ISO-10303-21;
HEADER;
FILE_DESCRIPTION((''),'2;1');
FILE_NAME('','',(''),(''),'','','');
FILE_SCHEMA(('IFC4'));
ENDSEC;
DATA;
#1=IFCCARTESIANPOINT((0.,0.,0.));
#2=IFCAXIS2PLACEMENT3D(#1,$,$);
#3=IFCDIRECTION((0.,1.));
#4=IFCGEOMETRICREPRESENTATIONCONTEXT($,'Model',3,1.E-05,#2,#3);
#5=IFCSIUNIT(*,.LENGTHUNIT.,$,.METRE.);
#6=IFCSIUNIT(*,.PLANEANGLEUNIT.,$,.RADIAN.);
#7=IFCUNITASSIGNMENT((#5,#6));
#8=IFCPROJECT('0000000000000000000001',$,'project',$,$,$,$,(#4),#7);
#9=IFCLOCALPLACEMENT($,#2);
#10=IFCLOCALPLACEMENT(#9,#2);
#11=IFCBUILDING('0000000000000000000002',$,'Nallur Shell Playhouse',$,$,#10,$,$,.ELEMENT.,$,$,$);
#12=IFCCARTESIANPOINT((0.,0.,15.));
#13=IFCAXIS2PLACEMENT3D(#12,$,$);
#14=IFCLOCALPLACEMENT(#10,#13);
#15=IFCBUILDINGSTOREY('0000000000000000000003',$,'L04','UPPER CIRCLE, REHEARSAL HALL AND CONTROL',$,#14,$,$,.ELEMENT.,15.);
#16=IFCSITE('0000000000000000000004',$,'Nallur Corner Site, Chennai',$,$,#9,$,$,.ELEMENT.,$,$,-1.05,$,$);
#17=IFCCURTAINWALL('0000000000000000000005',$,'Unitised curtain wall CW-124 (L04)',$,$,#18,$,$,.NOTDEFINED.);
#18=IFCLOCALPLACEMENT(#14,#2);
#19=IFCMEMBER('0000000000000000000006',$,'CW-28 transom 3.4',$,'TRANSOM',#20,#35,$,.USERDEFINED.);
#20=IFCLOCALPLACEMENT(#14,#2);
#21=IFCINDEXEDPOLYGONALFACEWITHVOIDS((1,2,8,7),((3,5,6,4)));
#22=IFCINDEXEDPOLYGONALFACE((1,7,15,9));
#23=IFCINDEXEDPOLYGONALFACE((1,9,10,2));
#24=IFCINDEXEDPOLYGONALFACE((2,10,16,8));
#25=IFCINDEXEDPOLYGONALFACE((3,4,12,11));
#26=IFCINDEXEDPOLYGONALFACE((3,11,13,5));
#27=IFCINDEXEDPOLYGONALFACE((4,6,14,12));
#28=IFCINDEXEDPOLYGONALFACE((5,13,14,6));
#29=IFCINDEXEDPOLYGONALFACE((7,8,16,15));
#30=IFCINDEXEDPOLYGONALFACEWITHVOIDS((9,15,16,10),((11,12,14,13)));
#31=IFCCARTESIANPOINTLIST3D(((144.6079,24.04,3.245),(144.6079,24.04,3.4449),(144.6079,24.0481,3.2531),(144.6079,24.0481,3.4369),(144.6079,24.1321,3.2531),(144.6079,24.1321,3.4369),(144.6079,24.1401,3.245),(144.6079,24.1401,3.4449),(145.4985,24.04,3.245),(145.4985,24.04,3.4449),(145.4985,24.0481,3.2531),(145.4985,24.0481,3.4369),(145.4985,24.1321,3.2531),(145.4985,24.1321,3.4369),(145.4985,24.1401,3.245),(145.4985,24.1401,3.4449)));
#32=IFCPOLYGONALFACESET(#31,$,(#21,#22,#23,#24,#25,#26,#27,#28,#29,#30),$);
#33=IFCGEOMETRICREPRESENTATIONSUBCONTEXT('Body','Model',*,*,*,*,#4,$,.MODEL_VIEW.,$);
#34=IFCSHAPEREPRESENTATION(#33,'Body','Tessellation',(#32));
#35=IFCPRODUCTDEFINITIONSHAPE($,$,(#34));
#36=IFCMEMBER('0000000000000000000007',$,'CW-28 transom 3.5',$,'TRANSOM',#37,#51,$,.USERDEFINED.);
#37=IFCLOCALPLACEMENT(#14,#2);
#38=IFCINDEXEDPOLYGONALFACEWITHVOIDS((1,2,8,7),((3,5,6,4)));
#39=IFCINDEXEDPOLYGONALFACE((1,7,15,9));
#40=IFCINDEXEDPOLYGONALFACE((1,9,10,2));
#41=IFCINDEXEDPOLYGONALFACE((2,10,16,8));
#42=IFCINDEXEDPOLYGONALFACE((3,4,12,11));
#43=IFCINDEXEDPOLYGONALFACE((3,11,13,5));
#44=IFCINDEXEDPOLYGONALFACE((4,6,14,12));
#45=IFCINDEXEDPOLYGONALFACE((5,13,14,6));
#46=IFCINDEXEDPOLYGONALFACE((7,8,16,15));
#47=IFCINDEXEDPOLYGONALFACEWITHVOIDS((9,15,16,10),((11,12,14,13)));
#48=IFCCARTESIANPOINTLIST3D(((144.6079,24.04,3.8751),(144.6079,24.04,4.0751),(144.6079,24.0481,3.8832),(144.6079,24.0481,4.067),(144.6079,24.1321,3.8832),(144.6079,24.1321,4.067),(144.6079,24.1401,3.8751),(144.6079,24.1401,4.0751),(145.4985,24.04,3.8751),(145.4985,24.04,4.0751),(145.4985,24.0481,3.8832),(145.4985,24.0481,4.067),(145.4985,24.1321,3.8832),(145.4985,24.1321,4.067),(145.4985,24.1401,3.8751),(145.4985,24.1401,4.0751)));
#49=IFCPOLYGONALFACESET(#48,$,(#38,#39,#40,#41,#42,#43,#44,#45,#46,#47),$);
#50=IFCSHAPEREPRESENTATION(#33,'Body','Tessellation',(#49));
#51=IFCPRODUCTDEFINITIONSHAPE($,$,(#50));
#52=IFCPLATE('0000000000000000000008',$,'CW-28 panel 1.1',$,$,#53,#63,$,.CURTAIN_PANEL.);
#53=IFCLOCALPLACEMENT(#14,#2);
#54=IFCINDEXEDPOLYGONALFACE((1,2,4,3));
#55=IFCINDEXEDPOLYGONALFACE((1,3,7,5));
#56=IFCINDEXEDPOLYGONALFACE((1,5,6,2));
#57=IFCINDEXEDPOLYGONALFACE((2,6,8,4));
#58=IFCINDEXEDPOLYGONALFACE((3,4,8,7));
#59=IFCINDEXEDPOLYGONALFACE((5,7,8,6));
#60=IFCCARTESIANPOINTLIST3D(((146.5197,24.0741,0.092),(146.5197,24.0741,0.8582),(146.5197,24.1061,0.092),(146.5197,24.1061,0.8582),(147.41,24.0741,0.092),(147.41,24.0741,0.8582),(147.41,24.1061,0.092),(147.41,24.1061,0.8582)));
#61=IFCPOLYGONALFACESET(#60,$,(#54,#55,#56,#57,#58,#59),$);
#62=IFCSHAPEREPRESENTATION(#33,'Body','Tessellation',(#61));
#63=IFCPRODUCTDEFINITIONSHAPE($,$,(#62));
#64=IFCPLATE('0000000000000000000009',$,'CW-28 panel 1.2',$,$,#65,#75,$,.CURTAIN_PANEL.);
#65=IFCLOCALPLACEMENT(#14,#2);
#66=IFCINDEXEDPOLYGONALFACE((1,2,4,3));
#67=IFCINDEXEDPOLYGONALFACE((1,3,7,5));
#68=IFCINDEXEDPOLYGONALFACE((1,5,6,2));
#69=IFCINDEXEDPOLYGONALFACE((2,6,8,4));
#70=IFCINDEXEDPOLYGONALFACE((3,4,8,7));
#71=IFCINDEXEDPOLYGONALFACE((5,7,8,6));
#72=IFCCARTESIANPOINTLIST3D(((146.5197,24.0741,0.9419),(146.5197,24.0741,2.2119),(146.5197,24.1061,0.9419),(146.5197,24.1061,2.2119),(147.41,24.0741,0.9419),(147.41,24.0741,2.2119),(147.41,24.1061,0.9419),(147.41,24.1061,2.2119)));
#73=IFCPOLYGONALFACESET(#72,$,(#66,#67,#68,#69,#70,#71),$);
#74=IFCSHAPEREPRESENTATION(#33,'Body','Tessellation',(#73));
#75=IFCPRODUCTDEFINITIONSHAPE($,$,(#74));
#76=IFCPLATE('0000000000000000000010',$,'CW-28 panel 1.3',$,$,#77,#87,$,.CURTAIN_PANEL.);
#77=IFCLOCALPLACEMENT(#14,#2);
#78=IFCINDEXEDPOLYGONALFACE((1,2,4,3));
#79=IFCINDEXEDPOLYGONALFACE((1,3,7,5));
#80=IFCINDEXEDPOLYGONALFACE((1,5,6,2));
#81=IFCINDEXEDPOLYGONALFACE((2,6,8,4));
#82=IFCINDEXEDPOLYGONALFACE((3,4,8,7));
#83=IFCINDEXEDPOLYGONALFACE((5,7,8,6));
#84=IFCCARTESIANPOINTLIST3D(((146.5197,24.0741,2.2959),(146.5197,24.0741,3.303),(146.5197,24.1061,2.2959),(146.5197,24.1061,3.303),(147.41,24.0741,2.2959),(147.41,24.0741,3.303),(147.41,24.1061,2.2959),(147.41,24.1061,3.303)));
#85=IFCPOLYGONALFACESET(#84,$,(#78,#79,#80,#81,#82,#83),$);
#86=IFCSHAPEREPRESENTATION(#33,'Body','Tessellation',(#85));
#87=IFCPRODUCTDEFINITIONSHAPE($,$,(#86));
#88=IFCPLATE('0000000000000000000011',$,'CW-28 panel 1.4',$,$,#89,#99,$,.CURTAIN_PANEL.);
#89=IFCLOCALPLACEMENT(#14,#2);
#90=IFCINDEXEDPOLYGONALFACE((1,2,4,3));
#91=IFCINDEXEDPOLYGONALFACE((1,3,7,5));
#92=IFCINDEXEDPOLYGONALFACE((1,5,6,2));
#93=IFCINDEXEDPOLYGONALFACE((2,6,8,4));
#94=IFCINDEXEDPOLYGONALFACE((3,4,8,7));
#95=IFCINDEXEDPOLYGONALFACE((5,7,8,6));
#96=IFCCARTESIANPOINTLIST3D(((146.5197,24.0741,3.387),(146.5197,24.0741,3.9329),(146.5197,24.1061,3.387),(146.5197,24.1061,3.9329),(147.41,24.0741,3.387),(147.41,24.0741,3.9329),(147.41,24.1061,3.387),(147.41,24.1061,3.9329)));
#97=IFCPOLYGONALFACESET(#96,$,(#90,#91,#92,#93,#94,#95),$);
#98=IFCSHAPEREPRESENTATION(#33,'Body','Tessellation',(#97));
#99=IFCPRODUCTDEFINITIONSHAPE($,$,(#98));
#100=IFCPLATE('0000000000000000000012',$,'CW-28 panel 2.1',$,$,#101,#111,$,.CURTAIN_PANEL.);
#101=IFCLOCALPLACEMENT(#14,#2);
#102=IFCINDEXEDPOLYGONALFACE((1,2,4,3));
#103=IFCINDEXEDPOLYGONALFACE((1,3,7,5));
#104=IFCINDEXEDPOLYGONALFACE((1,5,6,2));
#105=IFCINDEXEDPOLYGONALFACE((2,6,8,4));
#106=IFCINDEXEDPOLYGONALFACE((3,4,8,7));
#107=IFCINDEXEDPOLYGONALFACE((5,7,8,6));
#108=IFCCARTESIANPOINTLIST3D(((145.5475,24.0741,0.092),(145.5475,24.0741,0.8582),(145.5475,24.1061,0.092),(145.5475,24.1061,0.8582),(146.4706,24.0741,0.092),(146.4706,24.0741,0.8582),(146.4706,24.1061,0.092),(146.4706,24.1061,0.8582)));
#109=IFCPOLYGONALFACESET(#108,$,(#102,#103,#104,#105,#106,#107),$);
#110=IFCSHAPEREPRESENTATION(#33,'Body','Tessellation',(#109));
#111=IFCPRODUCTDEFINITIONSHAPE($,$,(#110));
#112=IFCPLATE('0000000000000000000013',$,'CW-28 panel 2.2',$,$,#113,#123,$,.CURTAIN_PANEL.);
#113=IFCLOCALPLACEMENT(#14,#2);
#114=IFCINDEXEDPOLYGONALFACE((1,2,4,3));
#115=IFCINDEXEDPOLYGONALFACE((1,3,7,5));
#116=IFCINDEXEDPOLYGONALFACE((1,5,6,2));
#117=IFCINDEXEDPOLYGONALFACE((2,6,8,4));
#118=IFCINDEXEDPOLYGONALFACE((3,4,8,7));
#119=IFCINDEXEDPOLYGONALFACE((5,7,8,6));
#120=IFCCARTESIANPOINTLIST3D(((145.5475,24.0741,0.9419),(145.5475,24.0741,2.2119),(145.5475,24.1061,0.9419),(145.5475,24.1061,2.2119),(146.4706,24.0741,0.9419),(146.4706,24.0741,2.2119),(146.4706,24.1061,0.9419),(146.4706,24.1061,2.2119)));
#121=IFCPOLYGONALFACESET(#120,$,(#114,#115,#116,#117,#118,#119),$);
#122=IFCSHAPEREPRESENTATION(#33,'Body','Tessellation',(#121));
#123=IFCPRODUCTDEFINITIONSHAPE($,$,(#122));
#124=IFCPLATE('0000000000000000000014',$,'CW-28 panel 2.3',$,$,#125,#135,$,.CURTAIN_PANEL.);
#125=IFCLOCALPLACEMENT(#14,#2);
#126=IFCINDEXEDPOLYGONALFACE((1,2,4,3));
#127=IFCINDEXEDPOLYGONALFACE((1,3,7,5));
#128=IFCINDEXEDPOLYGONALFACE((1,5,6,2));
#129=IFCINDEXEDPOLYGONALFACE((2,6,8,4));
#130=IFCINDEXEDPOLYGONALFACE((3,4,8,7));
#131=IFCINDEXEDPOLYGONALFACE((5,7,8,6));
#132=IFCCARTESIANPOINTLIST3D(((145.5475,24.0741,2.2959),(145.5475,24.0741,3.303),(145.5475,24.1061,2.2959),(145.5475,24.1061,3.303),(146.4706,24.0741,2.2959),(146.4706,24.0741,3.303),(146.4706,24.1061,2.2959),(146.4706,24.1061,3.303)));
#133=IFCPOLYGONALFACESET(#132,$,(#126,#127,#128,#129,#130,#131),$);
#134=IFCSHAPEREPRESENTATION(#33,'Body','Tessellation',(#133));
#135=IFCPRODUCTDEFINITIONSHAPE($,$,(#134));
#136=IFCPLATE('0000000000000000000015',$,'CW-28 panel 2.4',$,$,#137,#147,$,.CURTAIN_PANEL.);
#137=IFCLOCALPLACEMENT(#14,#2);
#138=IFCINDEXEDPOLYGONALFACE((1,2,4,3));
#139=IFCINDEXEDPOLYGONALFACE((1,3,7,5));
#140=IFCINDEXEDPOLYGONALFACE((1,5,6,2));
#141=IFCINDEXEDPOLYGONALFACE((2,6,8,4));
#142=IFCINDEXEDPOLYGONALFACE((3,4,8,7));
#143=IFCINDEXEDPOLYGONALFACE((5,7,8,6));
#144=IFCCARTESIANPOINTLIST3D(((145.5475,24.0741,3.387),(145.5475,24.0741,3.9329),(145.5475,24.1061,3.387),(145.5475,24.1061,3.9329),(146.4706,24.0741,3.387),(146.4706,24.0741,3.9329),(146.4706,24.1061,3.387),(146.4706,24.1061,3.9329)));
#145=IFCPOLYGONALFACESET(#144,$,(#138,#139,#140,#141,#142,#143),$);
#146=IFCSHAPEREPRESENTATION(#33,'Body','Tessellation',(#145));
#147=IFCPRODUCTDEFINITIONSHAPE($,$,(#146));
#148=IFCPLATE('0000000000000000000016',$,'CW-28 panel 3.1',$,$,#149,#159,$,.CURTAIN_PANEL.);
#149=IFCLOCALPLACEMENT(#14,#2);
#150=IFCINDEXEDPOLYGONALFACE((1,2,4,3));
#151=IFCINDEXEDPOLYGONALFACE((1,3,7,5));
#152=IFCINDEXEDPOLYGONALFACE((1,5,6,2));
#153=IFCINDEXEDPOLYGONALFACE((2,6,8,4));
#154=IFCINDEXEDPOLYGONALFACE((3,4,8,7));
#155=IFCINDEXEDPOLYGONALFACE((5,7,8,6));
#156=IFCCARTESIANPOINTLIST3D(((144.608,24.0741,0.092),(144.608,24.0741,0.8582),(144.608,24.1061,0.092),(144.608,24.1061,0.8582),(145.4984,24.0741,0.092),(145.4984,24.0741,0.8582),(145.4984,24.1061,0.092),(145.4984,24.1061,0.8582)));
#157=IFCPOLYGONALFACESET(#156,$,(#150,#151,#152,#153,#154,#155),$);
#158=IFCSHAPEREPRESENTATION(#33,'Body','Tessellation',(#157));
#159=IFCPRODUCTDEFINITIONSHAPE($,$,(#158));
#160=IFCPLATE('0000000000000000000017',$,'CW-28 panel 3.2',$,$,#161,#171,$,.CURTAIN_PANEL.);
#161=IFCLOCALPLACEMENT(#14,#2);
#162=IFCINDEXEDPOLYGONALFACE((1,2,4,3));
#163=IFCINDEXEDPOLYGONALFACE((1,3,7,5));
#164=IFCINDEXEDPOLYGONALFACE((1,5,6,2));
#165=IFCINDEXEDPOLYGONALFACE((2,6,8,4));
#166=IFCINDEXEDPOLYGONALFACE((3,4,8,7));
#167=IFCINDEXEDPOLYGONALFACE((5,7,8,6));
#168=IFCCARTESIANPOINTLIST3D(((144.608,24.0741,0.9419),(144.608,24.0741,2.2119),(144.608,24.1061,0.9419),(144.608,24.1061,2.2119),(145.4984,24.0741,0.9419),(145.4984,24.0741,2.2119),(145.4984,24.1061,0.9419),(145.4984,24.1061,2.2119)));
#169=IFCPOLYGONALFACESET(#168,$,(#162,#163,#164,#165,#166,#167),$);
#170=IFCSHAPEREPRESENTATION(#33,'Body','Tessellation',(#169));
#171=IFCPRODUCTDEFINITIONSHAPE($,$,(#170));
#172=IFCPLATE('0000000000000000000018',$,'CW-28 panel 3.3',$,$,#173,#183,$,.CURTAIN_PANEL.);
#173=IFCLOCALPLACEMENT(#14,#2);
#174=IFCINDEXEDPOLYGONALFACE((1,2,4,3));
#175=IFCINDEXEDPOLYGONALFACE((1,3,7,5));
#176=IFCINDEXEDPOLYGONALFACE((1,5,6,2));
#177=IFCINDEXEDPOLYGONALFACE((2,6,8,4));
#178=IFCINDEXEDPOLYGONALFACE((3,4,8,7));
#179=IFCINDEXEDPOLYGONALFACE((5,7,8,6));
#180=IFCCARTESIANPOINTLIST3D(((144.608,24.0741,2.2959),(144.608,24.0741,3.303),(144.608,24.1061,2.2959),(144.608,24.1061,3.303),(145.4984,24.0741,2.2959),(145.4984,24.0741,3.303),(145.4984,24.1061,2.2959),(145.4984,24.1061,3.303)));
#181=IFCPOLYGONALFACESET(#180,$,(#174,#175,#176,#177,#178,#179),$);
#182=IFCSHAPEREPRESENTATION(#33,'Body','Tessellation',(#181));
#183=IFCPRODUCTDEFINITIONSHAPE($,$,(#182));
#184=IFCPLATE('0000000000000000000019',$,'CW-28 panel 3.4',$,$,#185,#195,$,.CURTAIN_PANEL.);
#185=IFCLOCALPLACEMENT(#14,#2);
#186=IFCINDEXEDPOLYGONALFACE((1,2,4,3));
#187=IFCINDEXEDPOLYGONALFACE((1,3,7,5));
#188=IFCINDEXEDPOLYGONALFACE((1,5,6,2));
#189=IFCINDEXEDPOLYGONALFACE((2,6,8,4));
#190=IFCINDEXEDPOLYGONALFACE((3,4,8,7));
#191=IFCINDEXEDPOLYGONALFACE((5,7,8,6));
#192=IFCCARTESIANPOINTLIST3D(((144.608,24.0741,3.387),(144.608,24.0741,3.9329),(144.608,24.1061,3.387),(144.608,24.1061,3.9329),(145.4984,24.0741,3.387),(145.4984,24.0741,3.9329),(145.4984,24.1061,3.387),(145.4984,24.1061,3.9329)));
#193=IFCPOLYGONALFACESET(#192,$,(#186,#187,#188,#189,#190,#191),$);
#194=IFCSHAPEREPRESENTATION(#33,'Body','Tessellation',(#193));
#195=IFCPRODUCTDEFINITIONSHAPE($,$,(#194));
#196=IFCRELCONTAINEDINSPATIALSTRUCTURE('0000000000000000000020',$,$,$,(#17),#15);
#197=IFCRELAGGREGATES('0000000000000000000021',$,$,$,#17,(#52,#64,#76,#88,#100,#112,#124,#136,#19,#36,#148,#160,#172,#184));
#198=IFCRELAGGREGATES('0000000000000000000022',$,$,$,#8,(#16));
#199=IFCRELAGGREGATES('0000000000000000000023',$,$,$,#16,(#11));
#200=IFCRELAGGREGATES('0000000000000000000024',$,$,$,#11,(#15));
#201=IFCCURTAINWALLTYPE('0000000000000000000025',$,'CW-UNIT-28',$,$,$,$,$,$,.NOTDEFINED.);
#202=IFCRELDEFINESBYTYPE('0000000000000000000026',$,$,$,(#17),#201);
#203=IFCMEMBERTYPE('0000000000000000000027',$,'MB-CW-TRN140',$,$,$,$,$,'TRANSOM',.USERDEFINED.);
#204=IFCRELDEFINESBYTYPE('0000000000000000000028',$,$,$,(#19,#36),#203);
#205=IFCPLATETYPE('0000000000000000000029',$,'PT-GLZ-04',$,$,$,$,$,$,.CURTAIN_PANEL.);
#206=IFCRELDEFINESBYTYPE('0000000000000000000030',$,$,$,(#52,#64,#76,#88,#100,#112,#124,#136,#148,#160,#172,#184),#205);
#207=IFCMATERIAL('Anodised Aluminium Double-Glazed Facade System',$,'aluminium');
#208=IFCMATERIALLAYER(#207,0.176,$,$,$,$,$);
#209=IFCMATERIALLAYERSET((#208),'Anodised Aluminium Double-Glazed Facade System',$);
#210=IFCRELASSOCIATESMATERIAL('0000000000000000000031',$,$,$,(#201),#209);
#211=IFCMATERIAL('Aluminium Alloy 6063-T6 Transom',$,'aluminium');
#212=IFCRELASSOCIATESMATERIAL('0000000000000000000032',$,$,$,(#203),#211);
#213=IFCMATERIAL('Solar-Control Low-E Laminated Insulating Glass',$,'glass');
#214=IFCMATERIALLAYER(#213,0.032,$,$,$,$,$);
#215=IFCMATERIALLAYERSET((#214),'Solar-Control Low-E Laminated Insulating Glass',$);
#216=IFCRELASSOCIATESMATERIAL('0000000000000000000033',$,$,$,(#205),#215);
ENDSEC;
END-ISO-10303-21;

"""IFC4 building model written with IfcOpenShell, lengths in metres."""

from ifc_helpers import new_model, si_unit, direction, frame, origin, origin_2d, place, context, subcontext, project, spatial, rectangle, hollow_rectangle, extrude, material, layer, layer_set, material_profile, profile_set, type_object, element, aggregate, save


model = new_model("IFC4")

# Units and contexts
model_context = context("Model", 3, precision=1e-05, world=origin(), true_north=direction((0.0, 1.0)))
body_context = subcontext(model_context, "Body", "Model", "MODEL_VIEW")
ifc_project = project(units=[si_unit("LENGTHUNIT", "METRE"), si_unit("PLANEANGLEUNIT", "RADIAN")], contexts=[model_context])

# Site, building, storey
site_placement = place(None, origin())
site = spatial("IfcSite", under=ifc_project, at=site_placement, Name="Nallur Corner Site, Chennai", CompositionType="ELEMENT", RefElevation=-1.05)
building_placement = place(site_placement, origin())
building = spatial("IfcBuilding", under=site, at=building_placement, Name="Nallur Shell Playhouse", CompositionType="ELEMENT")
storey_placement = place(building_placement, frame((0.0, 0.0, 15.0)))
storey = spatial("IfcBuildingStorey", under=building, at=storey_placement, Name="L04", Description="UPPER CIRCLE, REHEARSAL HALL AND CONTROL", CompositionType="ELEMENT", Elevation=15.0)

# Shared definitions
ifc_material_1 = material(Name="Anodised Aluminium Double-Glazed Facade System", Category="aluminium")

# Curtain wall, members, plates
ifc_layer_1 = layer(ifc_material_1, 0.176)
ifc_layer_set_1 = layer_set([ifc_layer_1], Name="Anodised Aluminium Double-Glazed Facade System")
curtain_wall_type_1 = type_object("IfcCurtainWallType", Name="CW-UNIT-28", PredefinedType="NOTDEFINED", material=ifc_layer_set_1)
curtain_wall_1_placement = place(storey_placement, origin())
curtain_wall_1 = element("IfcCurtainWall", 1, at=curtain_wall_1_placement, inside=storey, type_object=curtain_wall_type_1, Name="Unitised curtain wall CW-124 (L04)", PredefinedType="NOTDEFINED")
ifc_material_2 = material(Name="Aluminium Alloy 6063-T6 Transom", Category="aluminium")
ifc_material_profile_1 = material_profile(ifc_material_2, hollow_rectangle(XDim=0.1001, YDim=0.2, WallThickness=0.0081, at=origin_2d()), Name="RHS 200x100x8")
ifc_profile_set_1 = profile_set([ifc_material_profile_1], Name="Aluminium Alloy 6063-T6 Transom")
member_type_1 = type_object("IfcMemberType", Name="MB-CW-TRN140", ElementType="TRANSOM", PredefinedType="USERDEFINED", material=ifc_profile_set_1)
member_1_placement = place(storey_placement, frame((145.4985, 24.0901, 3.345), z_axis=(-1.0, 0.0, 0.0), x_axis=(0.0, -1.0, 0.0)))
member_1 = element("IfcMember", 2, at=member_1_placement, type_object=member_type_1, Name="CW-28 transom 3.4", ObjectType="TRANSOM", PredefinedType="USERDEFINED", context=body_context, shape_type="SweptSolid", body=[
    extrude(hollow_rectangle(XDim=0.1001, YDim=0.2, WallThickness=0.0081, at=origin_2d()), origin(), (0.0, 0.0, 1.0), 0.8906),
])
member_2_placement = place(storey_placement, frame((145.4985, 24.0901, 3.9751), z_axis=(-1.0, 0.0, 0.0), x_axis=(0.0, -1.0, 0.0)))
member_2 = element("IfcMember", 3, at=member_2_placement, type_object=member_type_1, Name="CW-28 transom 3.5", ObjectType="TRANSOM", PredefinedType="USERDEFINED", context=body_context, shape_type="SweptSolid", body=[
    extrude(hollow_rectangle(XDim=0.1001, YDim=0.2, WallThickness=0.0081, at=origin_2d()), origin(), (0.0, 0.0, 1.0), 0.8906),
])
ifc_material_3 = material(Name="Solar-Control Low-E Laminated Insulating Glass", Category="glass")
ifc_layer_2 = layer(ifc_material_3, 0.032)
ifc_layer_set_2 = layer_set([ifc_layer_2], Name="Solar-Control Low-E Laminated Insulating Glass")
plate_type_1 = type_object("IfcPlateType", Name="PT-GLZ-04", PredefinedType="CURTAIN_PANEL", material=ifc_layer_set_2)
plate_1_placement = place(storey_placement, frame((146.9648, 24.0901, 0.092), z_axis=(0.0, 0.0, 1.0), x_axis=(-1.0, 0.0, 0.0)))
plate_1 = element("IfcPlate", 4, at=plate_1_placement, type_object=plate_type_1, Name="CW-28 panel 1.1", PredefinedType="CURTAIN_PANEL", context=body_context, shape_type="SweptSolid", body=[
    extrude(rectangle(XDim=0.8904, YDim=0.032, at=origin_2d()), origin(), (0.0, 0.0, 1.0), 0.7661),
])
plate_2_placement = place(storey_placement, frame((146.9648, 24.0901, 0.9419), z_axis=(0.0, 0.0, 1.0), x_axis=(-1.0, 0.0, 0.0)))
plate_2 = element("IfcPlate", 5, at=plate_2_placement, type_object=plate_type_1, Name="CW-28 panel 1.2", PredefinedType="CURTAIN_PANEL", context=body_context, shape_type="SweptSolid", body=[
    extrude(rectangle(XDim=0.8904, YDim=0.032, at=origin_2d()), origin(), (0.0, 0.0, 1.0), 1.27),
])
plate_3_placement = place(storey_placement, frame((146.9648, 24.0901, 2.2959), z_axis=(0.0, 0.0, 1.0), x_axis=(-1.0, 0.0, 0.0)))
plate_3 = element("IfcPlate", 6, at=plate_3_placement, type_object=plate_type_1, Name="CW-28 panel 1.3", PredefinedType="CURTAIN_PANEL", context=body_context, shape_type="SweptSolid", body=[
    extrude(rectangle(XDim=0.8904, YDim=0.032, at=origin_2d()), origin(), (0.0, 0.0, 1.0), 1.0071),
])
plate_4_placement = place(storey_placement, frame((146.9648, 24.0901, 3.387), z_axis=(0.0, 0.0, 1.0), x_axis=(-1.0, 0.0, 0.0)))
plate_4 = element("IfcPlate", 7, at=plate_4_placement, type_object=plate_type_1, Name="CW-28 panel 1.4", PredefinedType="CURTAIN_PANEL", context=body_context, shape_type="SweptSolid", body=[
    extrude(rectangle(XDim=0.8904, YDim=0.032, at=origin_2d()), origin(), (0.0, 0.0, 1.0), 0.5459),
])
plate_5_placement = place(storey_placement, frame((146.009, 24.0901, 0.092), z_axis=(0.0, 0.0, 1.0), x_axis=(-1.0, 0.0, 0.0)))
plate_5 = element("IfcPlate", 8, at=plate_5_placement, type_object=plate_type_1, Name="CW-28 panel 2.1", PredefinedType="CURTAIN_PANEL", context=body_context, shape_type="SweptSolid", body=[
    extrude(rectangle(XDim=0.9231, YDim=0.032, at=origin_2d()), origin(), (0.0, 0.0, 1.0), 0.7661),
])
plate_6_placement = place(storey_placement, frame((146.009, 24.0901, 0.9419), z_axis=(0.0, 0.0, 1.0), x_axis=(-1.0, 0.0, 0.0)))
plate_6 = element("IfcPlate", 9, at=plate_6_placement, type_object=plate_type_1, Name="CW-28 panel 2.2", PredefinedType="CURTAIN_PANEL", context=body_context, shape_type="SweptSolid", body=[
    extrude(rectangle(XDim=0.9231, YDim=0.032, at=origin_2d()), origin(), (0.0, 0.0, 1.0), 1.27),
])
plate_7_placement = place(storey_placement, frame((146.009, 24.0901, 2.2959), z_axis=(0.0, 0.0, 1.0), x_axis=(-1.0, 0.0, 0.0)))
plate_7 = element("IfcPlate", 10, at=plate_7_placement, type_object=plate_type_1, Name="CW-28 panel 2.3", PredefinedType="CURTAIN_PANEL", context=body_context, shape_type="SweptSolid", body=[
    extrude(rectangle(XDim=0.9231, YDim=0.032, at=origin_2d()), origin(), (0.0, 0.0, 1.0), 1.0071),
])
plate_8_placement = place(storey_placement, frame((146.009, 24.0901, 3.387), z_axis=(0.0, 0.0, 1.0), x_axis=(-1.0, 0.0, 0.0)))
plate_8 = element("IfcPlate", 11, at=plate_8_placement, type_object=plate_type_1, Name="CW-28 panel 2.4", PredefinedType="CURTAIN_PANEL", context=body_context, shape_type="SweptSolid", body=[
    extrude(rectangle(XDim=0.9231, YDim=0.032, at=origin_2d()), origin(), (0.0, 0.0, 1.0), 0.5459),
])
plate_9_placement = place(storey_placement, frame((145.0532, 24.0901, 0.092), z_axis=(0.0, 0.0, 1.0), x_axis=(-1.0, 0.0, 0.0)))
plate_9 = element("IfcPlate", 12, at=plate_9_placement, type_object=plate_type_1, Name="CW-28 panel 3.1", PredefinedType="CURTAIN_PANEL", context=body_context, shape_type="SweptSolid", body=[
    extrude(rectangle(XDim=0.8904, YDim=0.032, at=origin_2d()), origin(), (0.0, 0.0, 1.0), 0.7661),
])
plate_10_placement = place(storey_placement, frame((145.0532, 24.0901, 0.9419), z_axis=(0.0, 0.0, 1.0), x_axis=(-1.0, 0.0, 0.0)))
plate_10 = element("IfcPlate", 13, at=plate_10_placement, type_object=plate_type_1, Name="CW-28 panel 3.2", PredefinedType="CURTAIN_PANEL", context=body_context, shape_type="SweptSolid", body=[
    extrude(rectangle(XDim=0.8904, YDim=0.032, at=origin_2d()), origin(), (0.0, 0.0, 1.0), 1.27),
])
plate_11_placement = place(storey_placement, frame((145.0532, 24.0901, 2.2959), z_axis=(0.0, 0.0, 1.0), x_axis=(-1.0, 0.0, 0.0)))
plate_11 = element("IfcPlate", 14, at=plate_11_placement, type_object=plate_type_1, Name="CW-28 panel 3.3", PredefinedType="CURTAIN_PANEL", context=body_context, shape_type="SweptSolid", body=[
    extrude(rectangle(XDim=0.8904, YDim=0.032, at=origin_2d()), origin(), (0.0, 0.0, 1.0), 1.0071),
])
plate_12_placement = place(storey_placement, frame((145.0532, 24.0901, 3.387), z_axis=(0.0, 0.0, 1.0), x_axis=(-1.0, 0.0, 0.0)))
plate_12 = element("IfcPlate", 15, at=plate_12_placement, type_object=plate_type_1, Name="CW-28 panel 3.4", PredefinedType="CURTAIN_PANEL", context=body_context, shape_type="SweptSolid", body=[
    extrude(rectangle(XDim=0.8904, YDim=0.032, at=origin_2d()), origin(), (0.0, 0.0, 1.0), 0.5459),
])
aggregate(curtain_wall_1, [plate_1, plate_2, plate_3, plate_4, plate_5, plate_6, plate_7, plate_8, member_1, member_2, plate_9, plate_10, plate_11, plate_12])

save(model, "model.ifc")
